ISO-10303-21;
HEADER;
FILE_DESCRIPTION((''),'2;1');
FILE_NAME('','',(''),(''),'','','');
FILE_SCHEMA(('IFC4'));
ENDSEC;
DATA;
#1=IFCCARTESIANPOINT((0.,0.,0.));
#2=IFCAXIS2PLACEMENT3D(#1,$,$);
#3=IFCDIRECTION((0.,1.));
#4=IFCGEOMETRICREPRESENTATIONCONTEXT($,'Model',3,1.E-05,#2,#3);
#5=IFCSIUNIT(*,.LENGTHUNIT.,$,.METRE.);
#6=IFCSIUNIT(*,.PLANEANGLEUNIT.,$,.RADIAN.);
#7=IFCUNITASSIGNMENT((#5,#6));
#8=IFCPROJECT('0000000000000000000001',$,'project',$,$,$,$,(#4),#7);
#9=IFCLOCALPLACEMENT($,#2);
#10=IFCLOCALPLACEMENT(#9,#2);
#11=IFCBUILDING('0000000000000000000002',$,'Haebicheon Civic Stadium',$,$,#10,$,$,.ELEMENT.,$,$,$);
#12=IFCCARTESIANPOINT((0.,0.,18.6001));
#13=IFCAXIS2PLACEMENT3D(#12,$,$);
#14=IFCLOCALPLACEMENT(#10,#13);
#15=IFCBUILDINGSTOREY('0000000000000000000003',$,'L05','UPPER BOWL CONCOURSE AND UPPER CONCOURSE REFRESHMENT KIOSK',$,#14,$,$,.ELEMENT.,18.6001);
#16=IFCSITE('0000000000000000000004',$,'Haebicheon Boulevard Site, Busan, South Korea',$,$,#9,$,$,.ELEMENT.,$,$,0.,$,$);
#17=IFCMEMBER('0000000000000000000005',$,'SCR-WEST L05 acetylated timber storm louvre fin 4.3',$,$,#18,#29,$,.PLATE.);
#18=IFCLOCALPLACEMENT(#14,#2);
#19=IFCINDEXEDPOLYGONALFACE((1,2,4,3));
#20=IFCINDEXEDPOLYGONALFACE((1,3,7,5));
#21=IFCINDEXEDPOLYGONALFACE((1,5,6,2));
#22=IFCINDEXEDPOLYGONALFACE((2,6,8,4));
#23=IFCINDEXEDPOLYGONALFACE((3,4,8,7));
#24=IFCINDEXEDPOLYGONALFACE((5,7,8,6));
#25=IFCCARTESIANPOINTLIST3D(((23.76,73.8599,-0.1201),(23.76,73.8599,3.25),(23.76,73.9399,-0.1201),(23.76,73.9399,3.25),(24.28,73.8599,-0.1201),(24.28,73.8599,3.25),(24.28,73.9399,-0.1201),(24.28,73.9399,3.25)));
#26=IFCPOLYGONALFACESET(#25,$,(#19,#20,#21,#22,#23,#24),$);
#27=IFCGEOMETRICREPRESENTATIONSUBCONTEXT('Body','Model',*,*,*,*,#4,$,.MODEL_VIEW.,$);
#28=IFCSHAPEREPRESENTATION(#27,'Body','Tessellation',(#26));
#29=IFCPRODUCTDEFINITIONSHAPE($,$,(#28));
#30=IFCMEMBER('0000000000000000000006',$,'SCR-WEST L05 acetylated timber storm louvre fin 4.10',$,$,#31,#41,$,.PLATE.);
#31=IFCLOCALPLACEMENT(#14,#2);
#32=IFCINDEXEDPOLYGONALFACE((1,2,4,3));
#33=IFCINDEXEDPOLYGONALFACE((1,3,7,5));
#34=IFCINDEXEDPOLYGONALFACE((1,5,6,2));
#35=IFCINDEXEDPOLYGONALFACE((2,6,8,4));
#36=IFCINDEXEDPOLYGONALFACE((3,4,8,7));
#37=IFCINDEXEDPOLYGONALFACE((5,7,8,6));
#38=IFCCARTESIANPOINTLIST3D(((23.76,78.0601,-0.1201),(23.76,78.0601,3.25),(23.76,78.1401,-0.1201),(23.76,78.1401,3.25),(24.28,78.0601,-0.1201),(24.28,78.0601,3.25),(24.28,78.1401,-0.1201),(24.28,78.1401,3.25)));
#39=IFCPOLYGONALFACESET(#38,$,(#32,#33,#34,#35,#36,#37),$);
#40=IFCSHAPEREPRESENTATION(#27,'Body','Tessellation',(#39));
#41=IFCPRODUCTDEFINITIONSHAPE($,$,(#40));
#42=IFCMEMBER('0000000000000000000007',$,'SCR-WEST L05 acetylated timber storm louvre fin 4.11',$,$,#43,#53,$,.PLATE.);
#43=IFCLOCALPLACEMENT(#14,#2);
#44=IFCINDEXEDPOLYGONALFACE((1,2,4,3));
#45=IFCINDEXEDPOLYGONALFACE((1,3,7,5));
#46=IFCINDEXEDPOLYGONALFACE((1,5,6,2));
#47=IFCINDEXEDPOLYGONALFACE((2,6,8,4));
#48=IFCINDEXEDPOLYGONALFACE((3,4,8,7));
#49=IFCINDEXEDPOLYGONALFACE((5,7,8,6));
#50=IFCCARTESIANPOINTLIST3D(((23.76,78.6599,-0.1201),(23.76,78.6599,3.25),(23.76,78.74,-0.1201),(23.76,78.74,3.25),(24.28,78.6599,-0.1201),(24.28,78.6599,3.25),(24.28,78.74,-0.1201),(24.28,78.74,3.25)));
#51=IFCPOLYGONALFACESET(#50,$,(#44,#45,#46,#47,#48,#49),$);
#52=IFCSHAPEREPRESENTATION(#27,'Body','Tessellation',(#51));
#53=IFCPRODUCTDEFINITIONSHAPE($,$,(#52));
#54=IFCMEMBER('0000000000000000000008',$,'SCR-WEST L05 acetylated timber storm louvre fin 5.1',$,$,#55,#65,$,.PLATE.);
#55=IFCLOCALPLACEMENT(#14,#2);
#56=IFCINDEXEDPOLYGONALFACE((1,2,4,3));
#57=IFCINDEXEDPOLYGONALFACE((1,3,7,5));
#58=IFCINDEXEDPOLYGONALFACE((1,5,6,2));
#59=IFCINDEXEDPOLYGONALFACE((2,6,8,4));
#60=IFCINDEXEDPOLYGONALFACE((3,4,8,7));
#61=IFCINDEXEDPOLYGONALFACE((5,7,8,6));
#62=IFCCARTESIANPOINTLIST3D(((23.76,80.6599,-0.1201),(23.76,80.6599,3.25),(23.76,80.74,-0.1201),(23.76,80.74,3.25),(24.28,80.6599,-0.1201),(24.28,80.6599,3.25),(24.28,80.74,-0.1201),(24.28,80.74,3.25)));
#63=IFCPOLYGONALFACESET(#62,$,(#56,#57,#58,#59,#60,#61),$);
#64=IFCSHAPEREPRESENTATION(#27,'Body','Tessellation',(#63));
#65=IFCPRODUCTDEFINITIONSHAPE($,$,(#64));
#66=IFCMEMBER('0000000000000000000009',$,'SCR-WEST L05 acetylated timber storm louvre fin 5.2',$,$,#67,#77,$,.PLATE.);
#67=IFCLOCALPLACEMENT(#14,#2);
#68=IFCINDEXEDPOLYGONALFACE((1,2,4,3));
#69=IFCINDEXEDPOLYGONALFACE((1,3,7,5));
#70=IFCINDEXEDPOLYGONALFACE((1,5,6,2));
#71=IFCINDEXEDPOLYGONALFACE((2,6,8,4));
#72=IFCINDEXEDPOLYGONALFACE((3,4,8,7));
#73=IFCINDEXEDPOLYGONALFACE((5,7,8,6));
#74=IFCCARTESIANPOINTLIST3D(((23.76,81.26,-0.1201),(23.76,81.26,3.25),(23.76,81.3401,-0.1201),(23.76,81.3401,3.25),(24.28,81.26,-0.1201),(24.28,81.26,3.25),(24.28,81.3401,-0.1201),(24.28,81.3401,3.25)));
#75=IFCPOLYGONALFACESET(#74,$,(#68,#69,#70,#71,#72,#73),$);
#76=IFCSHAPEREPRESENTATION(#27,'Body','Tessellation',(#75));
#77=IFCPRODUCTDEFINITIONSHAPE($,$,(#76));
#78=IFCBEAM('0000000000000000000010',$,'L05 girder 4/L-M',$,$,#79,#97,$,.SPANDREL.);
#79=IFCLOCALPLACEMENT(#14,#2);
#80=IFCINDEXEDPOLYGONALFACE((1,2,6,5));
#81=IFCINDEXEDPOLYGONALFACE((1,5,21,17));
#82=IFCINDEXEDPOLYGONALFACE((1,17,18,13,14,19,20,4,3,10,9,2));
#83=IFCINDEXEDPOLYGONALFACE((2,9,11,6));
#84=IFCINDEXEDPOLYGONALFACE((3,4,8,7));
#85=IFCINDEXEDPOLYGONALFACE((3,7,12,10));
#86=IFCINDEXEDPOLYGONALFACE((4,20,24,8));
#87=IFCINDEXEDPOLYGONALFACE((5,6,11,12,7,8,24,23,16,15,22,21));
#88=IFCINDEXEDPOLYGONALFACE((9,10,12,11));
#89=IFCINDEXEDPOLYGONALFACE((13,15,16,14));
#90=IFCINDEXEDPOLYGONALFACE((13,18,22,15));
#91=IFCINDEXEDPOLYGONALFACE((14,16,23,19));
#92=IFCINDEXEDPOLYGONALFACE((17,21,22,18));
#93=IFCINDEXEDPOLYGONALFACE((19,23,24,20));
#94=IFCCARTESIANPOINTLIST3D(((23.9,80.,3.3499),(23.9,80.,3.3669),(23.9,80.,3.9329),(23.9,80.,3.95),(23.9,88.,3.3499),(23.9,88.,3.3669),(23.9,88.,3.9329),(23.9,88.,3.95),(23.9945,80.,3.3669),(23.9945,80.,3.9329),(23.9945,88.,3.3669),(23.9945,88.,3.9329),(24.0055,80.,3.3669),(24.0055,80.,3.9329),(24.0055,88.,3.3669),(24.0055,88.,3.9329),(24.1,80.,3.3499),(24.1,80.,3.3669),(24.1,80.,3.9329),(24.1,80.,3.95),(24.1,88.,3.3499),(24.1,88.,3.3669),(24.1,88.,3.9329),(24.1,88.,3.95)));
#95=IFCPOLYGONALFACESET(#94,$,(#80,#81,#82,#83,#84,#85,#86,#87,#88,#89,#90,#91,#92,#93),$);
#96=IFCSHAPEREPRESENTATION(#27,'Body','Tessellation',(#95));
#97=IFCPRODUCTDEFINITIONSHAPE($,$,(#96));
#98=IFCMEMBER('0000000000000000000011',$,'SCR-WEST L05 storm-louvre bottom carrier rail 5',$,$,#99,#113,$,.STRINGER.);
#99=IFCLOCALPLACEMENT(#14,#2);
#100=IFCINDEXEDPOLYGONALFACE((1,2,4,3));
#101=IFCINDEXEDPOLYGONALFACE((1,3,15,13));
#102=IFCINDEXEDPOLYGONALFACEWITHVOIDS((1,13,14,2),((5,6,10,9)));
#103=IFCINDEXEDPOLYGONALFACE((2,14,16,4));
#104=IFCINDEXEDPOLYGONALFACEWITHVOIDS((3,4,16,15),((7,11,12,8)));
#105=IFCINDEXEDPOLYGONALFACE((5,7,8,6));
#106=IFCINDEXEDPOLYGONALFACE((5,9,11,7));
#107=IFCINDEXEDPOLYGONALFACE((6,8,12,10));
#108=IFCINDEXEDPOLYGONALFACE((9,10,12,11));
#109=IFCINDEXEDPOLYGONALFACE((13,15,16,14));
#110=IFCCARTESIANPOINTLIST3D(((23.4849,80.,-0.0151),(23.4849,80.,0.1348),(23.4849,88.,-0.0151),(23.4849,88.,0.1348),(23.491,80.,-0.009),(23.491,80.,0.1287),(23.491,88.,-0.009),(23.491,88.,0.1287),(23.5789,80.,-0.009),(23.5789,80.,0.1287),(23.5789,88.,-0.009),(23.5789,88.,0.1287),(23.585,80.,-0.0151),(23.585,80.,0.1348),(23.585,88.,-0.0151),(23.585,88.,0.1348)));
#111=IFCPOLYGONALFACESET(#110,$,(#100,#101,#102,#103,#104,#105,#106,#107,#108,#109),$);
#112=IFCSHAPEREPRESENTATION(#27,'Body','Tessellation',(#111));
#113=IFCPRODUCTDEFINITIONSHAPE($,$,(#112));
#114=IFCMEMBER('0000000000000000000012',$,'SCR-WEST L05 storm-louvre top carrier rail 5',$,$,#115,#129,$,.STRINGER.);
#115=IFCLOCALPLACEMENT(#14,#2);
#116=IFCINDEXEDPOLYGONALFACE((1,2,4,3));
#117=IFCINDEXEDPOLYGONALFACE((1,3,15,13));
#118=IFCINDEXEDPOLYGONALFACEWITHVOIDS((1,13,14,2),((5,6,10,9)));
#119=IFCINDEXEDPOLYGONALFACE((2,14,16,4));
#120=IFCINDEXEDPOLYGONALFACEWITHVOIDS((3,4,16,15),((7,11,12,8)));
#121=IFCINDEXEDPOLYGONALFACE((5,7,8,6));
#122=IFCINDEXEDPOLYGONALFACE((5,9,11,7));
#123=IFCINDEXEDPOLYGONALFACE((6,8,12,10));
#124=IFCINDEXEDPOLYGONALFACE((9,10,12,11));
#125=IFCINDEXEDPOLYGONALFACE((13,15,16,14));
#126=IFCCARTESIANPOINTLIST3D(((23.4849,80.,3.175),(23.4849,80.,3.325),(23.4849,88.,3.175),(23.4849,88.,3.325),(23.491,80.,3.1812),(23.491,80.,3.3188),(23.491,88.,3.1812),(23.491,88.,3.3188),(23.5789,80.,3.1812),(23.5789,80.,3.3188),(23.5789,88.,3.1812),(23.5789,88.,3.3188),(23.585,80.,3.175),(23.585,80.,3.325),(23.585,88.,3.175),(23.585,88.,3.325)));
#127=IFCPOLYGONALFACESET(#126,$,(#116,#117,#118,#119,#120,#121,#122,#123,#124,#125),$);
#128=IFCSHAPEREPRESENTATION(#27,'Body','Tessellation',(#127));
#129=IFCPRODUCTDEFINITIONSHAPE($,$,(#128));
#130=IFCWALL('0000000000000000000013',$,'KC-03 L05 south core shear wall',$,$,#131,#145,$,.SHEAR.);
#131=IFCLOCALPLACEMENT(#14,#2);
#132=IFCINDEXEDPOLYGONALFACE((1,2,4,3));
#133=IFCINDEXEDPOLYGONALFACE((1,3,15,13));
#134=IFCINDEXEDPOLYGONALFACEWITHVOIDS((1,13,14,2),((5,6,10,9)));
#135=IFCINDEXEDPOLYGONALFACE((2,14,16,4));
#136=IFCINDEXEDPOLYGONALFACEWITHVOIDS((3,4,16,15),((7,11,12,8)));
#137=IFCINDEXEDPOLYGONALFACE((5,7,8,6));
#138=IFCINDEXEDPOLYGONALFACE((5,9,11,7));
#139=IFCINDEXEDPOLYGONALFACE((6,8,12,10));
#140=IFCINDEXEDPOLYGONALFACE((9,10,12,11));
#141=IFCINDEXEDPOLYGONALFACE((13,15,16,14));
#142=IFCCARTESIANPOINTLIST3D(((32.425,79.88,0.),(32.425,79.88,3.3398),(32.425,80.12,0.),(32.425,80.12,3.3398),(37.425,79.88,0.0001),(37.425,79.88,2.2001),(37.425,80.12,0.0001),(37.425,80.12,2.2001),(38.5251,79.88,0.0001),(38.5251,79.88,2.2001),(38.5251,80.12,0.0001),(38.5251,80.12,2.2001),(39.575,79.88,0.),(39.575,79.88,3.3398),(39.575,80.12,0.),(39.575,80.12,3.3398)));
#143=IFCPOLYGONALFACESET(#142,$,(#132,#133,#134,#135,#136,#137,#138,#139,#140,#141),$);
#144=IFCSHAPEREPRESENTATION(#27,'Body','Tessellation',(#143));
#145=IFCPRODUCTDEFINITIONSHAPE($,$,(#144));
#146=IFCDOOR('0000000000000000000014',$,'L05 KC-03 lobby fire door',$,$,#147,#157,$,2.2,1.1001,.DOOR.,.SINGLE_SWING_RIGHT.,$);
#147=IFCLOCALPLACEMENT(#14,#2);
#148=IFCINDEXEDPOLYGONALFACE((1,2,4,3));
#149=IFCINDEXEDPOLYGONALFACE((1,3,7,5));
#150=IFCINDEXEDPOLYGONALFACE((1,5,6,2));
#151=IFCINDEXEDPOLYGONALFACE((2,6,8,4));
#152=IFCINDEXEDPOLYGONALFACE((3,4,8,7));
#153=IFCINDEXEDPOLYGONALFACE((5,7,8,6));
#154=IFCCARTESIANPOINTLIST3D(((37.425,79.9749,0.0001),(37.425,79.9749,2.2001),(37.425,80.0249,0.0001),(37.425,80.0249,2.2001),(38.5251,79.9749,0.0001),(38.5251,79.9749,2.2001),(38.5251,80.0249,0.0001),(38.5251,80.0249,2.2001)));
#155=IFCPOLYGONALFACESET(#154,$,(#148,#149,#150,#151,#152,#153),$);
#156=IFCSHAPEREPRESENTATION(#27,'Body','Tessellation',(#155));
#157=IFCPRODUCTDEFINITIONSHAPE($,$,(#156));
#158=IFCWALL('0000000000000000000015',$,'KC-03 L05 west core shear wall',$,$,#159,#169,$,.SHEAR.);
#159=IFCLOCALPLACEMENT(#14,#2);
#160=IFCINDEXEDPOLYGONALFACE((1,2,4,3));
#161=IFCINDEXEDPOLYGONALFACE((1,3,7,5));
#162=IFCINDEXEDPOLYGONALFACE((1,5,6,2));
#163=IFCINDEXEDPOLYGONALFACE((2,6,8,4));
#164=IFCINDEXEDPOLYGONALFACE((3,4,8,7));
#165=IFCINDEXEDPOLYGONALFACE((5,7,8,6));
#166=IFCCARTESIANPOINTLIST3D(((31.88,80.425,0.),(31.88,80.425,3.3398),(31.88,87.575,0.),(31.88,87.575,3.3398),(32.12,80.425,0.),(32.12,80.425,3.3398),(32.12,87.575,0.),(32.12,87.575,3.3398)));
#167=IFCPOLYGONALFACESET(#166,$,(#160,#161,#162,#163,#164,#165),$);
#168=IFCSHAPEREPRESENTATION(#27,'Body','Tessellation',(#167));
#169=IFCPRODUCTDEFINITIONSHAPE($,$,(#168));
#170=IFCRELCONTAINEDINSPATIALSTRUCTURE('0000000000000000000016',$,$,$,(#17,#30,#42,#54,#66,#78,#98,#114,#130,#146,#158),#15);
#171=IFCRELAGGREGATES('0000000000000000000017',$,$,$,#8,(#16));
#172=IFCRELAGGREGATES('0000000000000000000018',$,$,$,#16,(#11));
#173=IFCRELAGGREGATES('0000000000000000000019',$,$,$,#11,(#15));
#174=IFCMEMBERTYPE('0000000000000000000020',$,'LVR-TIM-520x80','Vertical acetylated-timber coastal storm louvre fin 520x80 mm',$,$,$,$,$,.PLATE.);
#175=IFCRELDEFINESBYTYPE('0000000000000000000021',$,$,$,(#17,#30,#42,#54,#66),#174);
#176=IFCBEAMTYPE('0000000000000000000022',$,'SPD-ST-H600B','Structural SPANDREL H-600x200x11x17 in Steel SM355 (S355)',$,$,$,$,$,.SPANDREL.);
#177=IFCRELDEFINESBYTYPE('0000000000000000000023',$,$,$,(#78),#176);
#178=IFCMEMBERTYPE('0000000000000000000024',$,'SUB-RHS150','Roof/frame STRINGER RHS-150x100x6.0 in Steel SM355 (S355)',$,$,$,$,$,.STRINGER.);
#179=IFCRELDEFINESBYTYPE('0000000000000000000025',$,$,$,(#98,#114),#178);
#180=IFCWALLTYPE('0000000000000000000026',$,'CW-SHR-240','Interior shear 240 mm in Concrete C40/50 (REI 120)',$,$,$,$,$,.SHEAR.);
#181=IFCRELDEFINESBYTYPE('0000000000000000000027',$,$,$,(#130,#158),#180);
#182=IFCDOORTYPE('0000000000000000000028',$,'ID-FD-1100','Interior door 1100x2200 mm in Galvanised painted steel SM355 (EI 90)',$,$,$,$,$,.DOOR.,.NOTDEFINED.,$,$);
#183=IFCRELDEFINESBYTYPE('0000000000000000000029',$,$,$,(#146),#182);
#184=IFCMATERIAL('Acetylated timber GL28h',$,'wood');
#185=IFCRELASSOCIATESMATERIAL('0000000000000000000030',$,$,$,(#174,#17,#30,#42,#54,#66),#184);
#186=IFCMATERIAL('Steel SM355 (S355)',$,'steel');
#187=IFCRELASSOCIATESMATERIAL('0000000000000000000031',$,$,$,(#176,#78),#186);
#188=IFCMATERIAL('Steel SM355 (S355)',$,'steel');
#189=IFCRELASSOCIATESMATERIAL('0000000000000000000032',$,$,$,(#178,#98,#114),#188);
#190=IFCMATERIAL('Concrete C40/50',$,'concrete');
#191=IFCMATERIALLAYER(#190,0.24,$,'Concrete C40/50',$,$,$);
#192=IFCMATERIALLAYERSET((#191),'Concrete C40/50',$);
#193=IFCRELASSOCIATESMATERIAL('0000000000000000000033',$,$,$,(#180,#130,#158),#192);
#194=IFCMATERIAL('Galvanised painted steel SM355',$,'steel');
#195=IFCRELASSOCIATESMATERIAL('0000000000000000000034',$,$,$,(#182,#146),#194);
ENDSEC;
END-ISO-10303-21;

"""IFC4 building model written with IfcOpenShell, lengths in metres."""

from ifc_helpers import new_model, si_unit, direction, frame, frame_2d, origin, origin_2d, place, context, subcontext, project, spatial, rectangle, hollow_rectangle, i_section, extrude, material, layer, layer_set, material_profile, profile_set, type_object, element, fill, save


model = new_model("IFC4")

# Units and contexts
model_context = context("Model", 3, precision=1e-05, world=origin(), true_north=direction((0.0, 1.0)))
body_context = subcontext(model_context, "Body", "Model", "MODEL_VIEW")
ifc_project = project(units=[si_unit("LENGTHUNIT", "METRE"), si_unit("PLANEANGLEUNIT", "RADIAN")], contexts=[model_context])

# Site, building, storey
site_placement = place(None, origin())
site = spatial("IfcSite", under=ifc_project, at=site_placement, Name="Haebicheon Boulevard Site, Busan, South Korea", CompositionType="ELEMENT", RefElevation=0.0)
building_placement = place(site_placement, origin())
building = spatial("IfcBuilding", under=site, at=building_placement, Name="Haebicheon Civic Stadium", CompositionType="ELEMENT")
storey_placement = place(building_placement, frame((0.0, 0.0, 18.6001)))
storey = spatial("IfcBuildingStorey", under=building, at=storey_placement, Name="L05", Description="UPPER BOWL CONCOURSE AND UPPER CONCOURSE REFRESHMENT KIOSK", CompositionType="ELEMENT", Elevation=18.6001)

# Members
ifc_material_1 = material(Name="Acetylated timber GL28h", Category="wood")
ifc_material_profile_1 = material_profile(ifc_material_1, rectangle(XDim=0.0801, YDim=0.52, at=origin_2d()), Name="TMB-LOUV-80x520")
ifc_profile_set_1 = profile_set([ifc_material_profile_1], Name="Acetylated timber GL28h")
member_type_1 = type_object("IfcMemberType", Name="LVR-TIM-520x80", Description="Vertical acetylated-timber coastal storm louvre fin 520x80 mm", PredefinedType="PLATE", material=ifc_profile_set_1)
for number, where, z_axis, x_axis, name in (
    (1, (24.02, 73.8999, -0.1201), (0.0, 0.0, 1.0), (0.0, 1.0, 0.0), "SCR-WEST L05 acetylated timber storm louvre fin 4.3"),
    (2, (24.02, 78.1001, -0.1201), (0.0, 0.0, 1.0), (0.0, 1.0, 0.0), "SCR-WEST L05 acetylated timber storm louvre fin 4.10"),
    (3, (24.02, 78.7, -0.1201), (0.0, 0.0, 1.0), (0.0, 1.0, 0.0), "SCR-WEST L05 acetylated timber storm louvre fin 4.11"),
    (4, (24.02, 80.7, -0.1201), (0.0, 0.0, 1.0), (0.0, 1.0, 0.0), "SCR-WEST L05 acetylated timber storm louvre fin 5.1"),
    (5, (24.02, 81.3, -0.1201), (0.0, 0.0, 1.0), (0.0, 1.0, 0.0), "SCR-WEST L05 acetylated timber storm louvre fin 5.2"),
):
    element("IfcMember", number, at=place(storey_placement, frame(where, z_axis=z_axis, x_axis=x_axis)), inside=storey, type_object=member_type_1, material=ifc_profile_set_1, Name=name, PredefinedType="PLATE", context=body_context, shape_type="SweptSolid", body=[
        extrude(rectangle(XDim=0.0801, YDim=0.52, at=origin_2d()), origin(), (0.0, 0.0, 1.0), 3.3701),
    ])

# Beam
ifc_material_2 = material(Name="Steel SM355 (S355)", Category="steel")
ifc_material_profile_2 = material_profile(ifc_material_2, i_section(OverallWidth=0.2, OverallDepth=0.6001, WebThickness=0.011, FlangeThickness=0.0171, at=origin_2d()), Name="H-600x200x11x17")
ifc_profile_set_2 = profile_set([ifc_material_profile_2], Name="Steel SM355 (S355)")
beam_type_1 = type_object("IfcBeamType", Name="SPD-ST-H600B", Description="Structural SPANDREL H-600x200x11x17 in Steel SM355 (S355)", PredefinedType="SPANDREL", material=ifc_profile_set_2)
beam_1_placement = place(storey_placement, frame((24.0, 80.0, 3.6499), z_axis=(0.0, 1.0, 0.0), x_axis=(-1.0, 0.0, 0.0)))
element("IfcBeam", 6, at=beam_1_placement, inside=storey, type_object=beam_type_1, material=ifc_profile_set_2, Name="L05 girder 4/L-M", PredefinedType="SPANDREL", context=body_context, shape_type="SweptSolid", body=[
    extrude(i_section(OverallWidth=0.2, OverallDepth=0.6001, WebThickness=0.011, FlangeThickness=0.0171, at=origin_2d()), origin(), (0.0, 0.0, 1.0), 8.0),
])

# Members
ifc_material_3 = material(Name="Steel SM355 (S355)", Category="steel")
ifc_material_profile_3 = material_profile(ifc_material_3, hollow_rectangle(XDim=0.1001, YDim=0.1499, WallThickness=0.0061, at=origin_2d()), Name="RHS-150x100x6.0")
ifc_profile_set_3 = profile_set([ifc_material_profile_3], Name="Steel SM355 (S355)")
member_type_2 = type_object("IfcMemberType", Name="SUB-RHS150", Description="Roof/frame STRINGER RHS-150x100x6.0 in Steel SM355 (S355)", PredefinedType="STRINGER", material=ifc_profile_set_3)
for number, where, z_axis, x_axis, name in (
    (7, (23.5349, 80.0, 0.0598), (0.0, 1.0, 0.0), (-1.0, 0.0, 0.0), "SCR-WEST L05 storm-louvre bottom carrier rail 5"),
    (8, (23.5349, 80.0, 3.25), (0.0, 1.0, 0.0), (-1.0, 0.0, 0.0), "SCR-WEST L05 storm-louvre top carrier rail 5"),
):
    element("IfcMember", number, at=place(storey_placement, frame(where, z_axis=z_axis, x_axis=x_axis)), inside=storey, type_object=member_type_2, material=ifc_profile_set_3, Name=name, PredefinedType="STRINGER", context=body_context, shape_type="SweptSolid", body=[
        extrude(hollow_rectangle(XDim=0.1001, YDim=0.1499, WallThickness=0.0061, at=origin_2d()), origin(), (0.0, 0.0, 1.0), 8.0),
    ])

# Wall, opening, door
ifc_material_4 = material(Name="Concrete C40/50", Category="concrete")
ifc_layer_1 = layer(ifc_material_4, 0.24, Name="Concrete C40/50")
ifc_layer_set_1 = layer_set([ifc_layer_1], Name="Concrete C40/50")
wall_type_1 = type_object("IfcWallType", Name="CW-SHR-240", Description="Interior shear 240 mm in Concrete C40/50 (REI 120)", PredefinedType="SHEAR", material=ifc_layer_set_1)
wall_1_placement = place(storey_placement, frame((32.425, 80.0, 0.0), z_axis=(0.0, 0.0, 1.0), x_axis=(1.0, 0.0, 0.0)))
wall_1 = element("IfcWall", 9, at=wall_1_placement, inside=storey, type_object=wall_type_1, material=ifc_layer_set_1, Name="KC-03 L05 south core shear wall", PredefinedType="SHEAR", context=body_context, shape_type="SweptSolid", body=[
    extrude(rectangle(XDim=7.1499, YDim=0.24, at=frame_2d((3.575, 0.0))), origin(), (0.0, 0.0, 1.0), 3.3398),
])
opening_1_placement = place(wall_1_placement, frame((5.0, 0.0, 0.0)))
opening_1 = element("IfcOpeningElement", 10, at=opening_1_placement, cuts=wall_1, PredefinedType="OPENING", context=body_context, shape_type="SweptSolid", body=[
    extrude(rectangle(XDim=1.1001, YDim=2.2, at=frame_2d((0.55, 1.1001))), frame((0.0, 0.1299, 0.0), z_axis=(0.0, -1.0, 0.0), x_axis=(1.0, 0.0, 0.0)), (0.0, 0.0, 1.0), 0.26),
])
ifc_material_5 = material(Name="Galvanised painted steel SM355", Category="steel")
door_type_1 = type_object("IfcDoorType", Name="ID-FD-1100", Description="Interior door 1100x2200 mm in Galvanised painted steel SM355 (EI 90)", OperationType="NOTDEFINED", PredefinedType="DOOR", material=ifc_material_5)
door_1_placement = place(opening_1_placement, origin())
door_1 = element("IfcDoor", 11, at=door_1_placement, inside=storey, type_object=door_type_1, material=ifc_material_5, Name="L05 KC-03 lobby fire door", OperationType="SINGLE_SWING_RIGHT", OverallHeight=2.2, OverallWidth=1.1001, PredefinedType="DOOR", context=body_context, shape_type="SweptSolid", body=[
    extrude(rectangle(XDim=1.1001, YDim=2.2, at=frame_2d((0.55, 1.1001))), frame((0.0, 0.0249, 0.0), z_axis=(0.0, -1.0, 0.0), x_axis=(1.0, 0.0, 0.0)), (0.0, 0.0, 1.0), 0.05),
])
fill(opening_1, door_1)

# Wall
wall_2_placement = place(storey_placement, frame((32.0, 80.425, 0.0), z_axis=(0.0, 0.0, 1.0), x_axis=(0.0, 1.0, 0.0)))
element("IfcWall", 12, at=wall_2_placement, inside=storey, type_object=wall_type_1, material=ifc_layer_set_1, Name="KC-03 L05 west core shear wall", PredefinedType="SHEAR", context=body_context, shape_type="SweptSolid", body=[
    extrude(rectangle(XDim=7.1499, YDim=0.24, at=frame_2d((3.575, 0.0))), origin(), (0.0, 0.0, 1.0), 3.3398),
])

save(model, "model.ifc")
